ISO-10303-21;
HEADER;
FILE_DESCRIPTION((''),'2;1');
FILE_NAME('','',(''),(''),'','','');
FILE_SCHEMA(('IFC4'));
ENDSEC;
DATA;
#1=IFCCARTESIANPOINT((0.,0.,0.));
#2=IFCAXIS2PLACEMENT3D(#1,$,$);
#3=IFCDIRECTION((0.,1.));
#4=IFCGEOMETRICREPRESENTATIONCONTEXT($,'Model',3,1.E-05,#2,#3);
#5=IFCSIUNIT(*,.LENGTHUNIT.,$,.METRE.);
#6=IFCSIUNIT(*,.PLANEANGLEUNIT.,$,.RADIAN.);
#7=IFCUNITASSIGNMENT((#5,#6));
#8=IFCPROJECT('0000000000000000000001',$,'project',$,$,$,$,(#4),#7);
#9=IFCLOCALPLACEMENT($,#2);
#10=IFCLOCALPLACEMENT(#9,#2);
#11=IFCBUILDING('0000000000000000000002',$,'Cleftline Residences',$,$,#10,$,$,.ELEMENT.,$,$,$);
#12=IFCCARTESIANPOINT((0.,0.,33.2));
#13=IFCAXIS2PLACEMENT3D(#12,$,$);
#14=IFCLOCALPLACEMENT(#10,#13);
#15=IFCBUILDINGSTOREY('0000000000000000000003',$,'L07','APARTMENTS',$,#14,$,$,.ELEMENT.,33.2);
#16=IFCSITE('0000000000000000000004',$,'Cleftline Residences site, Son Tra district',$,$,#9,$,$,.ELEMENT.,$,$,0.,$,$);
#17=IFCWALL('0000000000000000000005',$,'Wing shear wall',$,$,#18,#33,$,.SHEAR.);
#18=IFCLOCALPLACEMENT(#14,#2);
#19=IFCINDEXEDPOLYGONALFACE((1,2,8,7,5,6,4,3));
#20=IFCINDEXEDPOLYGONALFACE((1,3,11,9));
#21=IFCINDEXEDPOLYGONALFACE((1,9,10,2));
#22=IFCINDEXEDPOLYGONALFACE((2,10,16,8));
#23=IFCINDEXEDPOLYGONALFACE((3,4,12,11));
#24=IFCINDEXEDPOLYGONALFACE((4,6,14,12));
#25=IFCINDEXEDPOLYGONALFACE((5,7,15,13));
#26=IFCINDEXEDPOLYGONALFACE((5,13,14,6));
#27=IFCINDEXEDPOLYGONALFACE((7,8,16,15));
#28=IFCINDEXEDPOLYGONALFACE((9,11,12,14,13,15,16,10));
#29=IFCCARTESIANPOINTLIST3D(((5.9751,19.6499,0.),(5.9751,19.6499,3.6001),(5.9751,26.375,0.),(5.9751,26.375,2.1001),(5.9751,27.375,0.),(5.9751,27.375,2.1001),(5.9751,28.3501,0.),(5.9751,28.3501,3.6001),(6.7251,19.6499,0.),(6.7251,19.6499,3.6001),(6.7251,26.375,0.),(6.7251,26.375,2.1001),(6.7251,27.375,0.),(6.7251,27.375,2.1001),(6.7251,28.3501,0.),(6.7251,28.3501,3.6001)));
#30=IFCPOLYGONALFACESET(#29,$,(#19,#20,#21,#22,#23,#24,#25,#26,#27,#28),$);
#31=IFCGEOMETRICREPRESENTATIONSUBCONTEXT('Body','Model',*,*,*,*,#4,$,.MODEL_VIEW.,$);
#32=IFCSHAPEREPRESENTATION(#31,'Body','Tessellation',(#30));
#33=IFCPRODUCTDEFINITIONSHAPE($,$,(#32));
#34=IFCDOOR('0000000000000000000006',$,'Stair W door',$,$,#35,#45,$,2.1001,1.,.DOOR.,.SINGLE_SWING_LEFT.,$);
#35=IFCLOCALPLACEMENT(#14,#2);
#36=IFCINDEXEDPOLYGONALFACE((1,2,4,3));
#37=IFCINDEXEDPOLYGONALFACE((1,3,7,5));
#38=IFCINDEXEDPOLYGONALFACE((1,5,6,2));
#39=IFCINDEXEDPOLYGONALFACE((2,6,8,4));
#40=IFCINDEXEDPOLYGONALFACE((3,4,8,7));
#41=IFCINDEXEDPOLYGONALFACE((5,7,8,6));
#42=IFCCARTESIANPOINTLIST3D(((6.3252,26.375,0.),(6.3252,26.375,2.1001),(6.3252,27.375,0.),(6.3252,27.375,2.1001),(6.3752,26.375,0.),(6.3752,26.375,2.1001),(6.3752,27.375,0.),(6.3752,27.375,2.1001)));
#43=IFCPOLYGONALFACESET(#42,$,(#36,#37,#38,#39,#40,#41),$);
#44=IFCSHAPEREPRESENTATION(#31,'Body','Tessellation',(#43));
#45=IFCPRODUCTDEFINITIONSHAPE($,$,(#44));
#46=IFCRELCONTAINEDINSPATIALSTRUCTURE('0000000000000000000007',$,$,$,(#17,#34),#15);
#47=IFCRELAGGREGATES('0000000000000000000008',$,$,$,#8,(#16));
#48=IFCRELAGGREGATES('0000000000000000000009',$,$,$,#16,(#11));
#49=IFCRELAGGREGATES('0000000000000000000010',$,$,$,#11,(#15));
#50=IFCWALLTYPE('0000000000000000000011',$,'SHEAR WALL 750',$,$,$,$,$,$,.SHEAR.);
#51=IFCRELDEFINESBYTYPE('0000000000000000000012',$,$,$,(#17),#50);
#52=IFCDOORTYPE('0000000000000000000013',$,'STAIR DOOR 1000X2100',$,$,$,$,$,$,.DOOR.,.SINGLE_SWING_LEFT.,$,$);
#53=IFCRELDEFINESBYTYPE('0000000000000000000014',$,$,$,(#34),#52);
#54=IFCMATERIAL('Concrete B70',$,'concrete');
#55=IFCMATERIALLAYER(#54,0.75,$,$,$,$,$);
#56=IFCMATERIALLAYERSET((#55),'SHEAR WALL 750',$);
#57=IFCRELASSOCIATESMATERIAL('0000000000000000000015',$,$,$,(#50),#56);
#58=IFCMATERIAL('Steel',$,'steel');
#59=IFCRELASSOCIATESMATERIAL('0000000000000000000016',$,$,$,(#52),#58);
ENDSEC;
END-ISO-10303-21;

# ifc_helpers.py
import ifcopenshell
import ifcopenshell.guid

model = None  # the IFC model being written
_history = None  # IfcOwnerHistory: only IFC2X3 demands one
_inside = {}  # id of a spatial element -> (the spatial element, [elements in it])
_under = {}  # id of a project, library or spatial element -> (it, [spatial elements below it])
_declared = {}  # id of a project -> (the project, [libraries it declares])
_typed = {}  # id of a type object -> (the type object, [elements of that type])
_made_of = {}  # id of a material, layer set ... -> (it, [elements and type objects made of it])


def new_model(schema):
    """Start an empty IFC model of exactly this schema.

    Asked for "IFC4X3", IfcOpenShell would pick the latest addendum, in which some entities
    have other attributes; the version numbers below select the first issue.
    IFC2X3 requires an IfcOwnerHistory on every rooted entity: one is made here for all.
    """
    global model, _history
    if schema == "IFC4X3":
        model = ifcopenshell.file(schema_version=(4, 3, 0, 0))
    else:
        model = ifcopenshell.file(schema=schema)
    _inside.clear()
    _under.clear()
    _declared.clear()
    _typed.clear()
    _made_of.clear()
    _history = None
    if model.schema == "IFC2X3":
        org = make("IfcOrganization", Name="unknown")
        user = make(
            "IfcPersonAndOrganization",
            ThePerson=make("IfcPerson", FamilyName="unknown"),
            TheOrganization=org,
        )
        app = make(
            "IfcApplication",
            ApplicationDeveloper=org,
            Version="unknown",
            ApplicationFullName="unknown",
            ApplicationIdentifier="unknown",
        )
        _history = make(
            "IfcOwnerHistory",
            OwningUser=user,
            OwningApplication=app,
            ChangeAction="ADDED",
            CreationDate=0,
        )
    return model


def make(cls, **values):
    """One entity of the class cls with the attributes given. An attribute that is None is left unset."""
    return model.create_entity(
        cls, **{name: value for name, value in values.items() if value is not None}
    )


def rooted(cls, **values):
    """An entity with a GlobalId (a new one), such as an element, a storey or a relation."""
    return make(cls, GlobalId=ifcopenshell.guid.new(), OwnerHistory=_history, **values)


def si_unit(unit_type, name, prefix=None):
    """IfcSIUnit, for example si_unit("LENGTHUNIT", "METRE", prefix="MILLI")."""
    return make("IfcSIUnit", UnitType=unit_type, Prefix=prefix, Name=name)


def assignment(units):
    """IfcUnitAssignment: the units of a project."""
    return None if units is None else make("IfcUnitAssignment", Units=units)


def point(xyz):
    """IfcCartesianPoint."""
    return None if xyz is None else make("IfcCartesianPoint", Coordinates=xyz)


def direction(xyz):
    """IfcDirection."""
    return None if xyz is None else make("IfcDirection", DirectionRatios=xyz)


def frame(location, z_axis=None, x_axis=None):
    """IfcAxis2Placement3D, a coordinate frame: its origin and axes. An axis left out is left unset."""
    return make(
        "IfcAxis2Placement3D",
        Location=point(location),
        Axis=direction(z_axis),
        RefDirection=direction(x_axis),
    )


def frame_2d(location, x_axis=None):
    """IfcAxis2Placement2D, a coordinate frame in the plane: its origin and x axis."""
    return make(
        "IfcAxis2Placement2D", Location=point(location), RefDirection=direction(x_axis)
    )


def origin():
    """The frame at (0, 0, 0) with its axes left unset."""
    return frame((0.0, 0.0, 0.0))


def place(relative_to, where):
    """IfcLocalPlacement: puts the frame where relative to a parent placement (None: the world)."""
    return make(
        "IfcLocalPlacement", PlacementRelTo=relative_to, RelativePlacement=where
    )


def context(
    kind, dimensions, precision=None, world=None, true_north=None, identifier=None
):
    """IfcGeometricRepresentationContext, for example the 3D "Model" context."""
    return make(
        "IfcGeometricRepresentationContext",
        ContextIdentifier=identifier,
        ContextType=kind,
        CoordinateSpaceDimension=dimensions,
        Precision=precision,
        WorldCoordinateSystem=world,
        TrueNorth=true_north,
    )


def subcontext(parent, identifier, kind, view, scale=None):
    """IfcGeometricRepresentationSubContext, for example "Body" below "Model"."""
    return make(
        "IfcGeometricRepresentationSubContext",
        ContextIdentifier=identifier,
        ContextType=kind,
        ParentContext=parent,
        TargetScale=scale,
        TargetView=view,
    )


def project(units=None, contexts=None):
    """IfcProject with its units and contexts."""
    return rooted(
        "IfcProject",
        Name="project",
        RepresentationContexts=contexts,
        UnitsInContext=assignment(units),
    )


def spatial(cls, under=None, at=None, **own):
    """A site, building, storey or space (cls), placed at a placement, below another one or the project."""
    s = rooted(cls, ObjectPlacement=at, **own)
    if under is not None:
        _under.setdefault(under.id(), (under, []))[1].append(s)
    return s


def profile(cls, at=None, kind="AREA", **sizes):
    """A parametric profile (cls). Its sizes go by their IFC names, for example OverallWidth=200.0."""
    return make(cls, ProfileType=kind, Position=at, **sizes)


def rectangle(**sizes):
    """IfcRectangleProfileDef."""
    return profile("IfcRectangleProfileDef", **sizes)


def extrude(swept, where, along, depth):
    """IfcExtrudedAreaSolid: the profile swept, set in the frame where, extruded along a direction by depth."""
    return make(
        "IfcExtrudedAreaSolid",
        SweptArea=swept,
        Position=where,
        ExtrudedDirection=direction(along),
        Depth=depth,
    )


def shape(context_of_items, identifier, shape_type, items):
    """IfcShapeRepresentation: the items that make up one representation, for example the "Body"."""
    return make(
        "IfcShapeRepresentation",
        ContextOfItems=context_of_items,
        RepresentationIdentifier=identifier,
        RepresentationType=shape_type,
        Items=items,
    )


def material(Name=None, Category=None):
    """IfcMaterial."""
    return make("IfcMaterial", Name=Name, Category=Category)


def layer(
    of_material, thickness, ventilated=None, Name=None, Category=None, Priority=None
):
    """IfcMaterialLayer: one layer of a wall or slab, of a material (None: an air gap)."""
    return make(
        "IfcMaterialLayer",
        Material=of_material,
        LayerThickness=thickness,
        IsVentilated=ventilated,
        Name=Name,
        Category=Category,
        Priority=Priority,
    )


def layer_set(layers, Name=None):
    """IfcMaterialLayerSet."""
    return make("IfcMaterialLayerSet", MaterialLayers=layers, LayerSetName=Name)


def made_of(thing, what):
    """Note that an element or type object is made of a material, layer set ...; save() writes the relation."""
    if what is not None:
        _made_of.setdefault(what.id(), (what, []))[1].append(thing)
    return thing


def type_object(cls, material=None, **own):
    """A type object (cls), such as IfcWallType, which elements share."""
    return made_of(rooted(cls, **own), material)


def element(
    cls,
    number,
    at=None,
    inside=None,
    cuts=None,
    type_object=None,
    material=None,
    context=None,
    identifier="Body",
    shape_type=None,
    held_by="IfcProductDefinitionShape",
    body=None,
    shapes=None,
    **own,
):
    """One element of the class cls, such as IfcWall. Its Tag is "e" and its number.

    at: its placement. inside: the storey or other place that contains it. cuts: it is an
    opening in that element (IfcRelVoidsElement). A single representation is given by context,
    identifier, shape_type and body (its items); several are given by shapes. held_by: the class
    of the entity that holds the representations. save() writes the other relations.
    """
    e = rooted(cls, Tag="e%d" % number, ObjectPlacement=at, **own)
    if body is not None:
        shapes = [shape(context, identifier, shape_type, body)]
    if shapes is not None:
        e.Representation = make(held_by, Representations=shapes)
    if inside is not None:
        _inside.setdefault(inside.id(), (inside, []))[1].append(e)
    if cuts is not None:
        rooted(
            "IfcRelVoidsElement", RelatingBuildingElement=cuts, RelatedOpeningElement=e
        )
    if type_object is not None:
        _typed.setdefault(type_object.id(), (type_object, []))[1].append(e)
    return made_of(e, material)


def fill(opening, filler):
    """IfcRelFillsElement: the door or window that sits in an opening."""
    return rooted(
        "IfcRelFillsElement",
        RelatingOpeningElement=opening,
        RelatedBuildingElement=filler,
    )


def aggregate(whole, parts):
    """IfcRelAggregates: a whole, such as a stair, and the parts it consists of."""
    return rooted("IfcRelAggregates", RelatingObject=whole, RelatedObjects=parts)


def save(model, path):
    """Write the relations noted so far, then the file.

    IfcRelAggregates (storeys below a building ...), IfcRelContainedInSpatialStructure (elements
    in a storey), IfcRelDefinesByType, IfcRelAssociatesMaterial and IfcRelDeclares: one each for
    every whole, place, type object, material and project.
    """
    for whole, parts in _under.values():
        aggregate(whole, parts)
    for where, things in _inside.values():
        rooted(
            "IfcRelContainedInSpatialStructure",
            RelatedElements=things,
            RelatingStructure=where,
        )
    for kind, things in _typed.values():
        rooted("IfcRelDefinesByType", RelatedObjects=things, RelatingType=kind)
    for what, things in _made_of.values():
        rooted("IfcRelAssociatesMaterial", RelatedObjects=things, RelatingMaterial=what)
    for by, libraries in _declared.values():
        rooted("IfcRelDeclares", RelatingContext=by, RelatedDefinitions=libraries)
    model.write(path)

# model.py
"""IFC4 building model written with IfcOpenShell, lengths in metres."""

from ifc_helpers import new_model, si_unit, direction, frame, frame_2d, origin, place, context, subcontext, project, spatial, rectangle, extrude, material, layer, layer_set, type_object, element, fill, save


model = new_model("IFC4")

# Units and contexts
model_context = context("Model", 3, precision=1e-05, world=origin(), true_north=direction((0.0, 1.0)))
body_context = subcontext(model_context, "Body", "Model", "MODEL_VIEW")
ifc_project = project(units=[si_unit("LENGTHUNIT", "METRE"), si_unit("PLANEANGLEUNIT", "RADIAN")], contexts=[model_context])

# Site, building, storey
site_placement = place(None, origin())
site = spatial("IfcSite", under=ifc_project, at=site_placement, Name="Cleftline Residences site, Son Tra district", CompositionType="ELEMENT", RefElevation=0.0)
building_placement = place(site_placement, origin())
building = spatial("IfcBuilding", under=site, at=building_placement, Name="Cleftline Residences", CompositionType="ELEMENT")
storey_placement = place(building_placement, frame((0.0, 0.0, 33.2)))
storey = spatial("IfcBuildingStorey", under=building, at=storey_placement, Name="L07", Description="APARTMENTS", CompositionType="ELEMENT", Elevation=33.2)

# Shared definitions
ifc_material_1 = material(Name="Concrete B70", Category="concrete")
ifc_layer_1 = layer(ifc_material_1, 0.75)
ifc_layer_set_1 = layer_set([ifc_layer_1], Name="SHEAR WALL 750")
wall_type_1 = type_object("IfcWallType", Name="SHEAR WALL 750", PredefinedType="SHEAR", material=ifc_layer_set_1)

# Wall, opening, door
wall_1_placement = place(storey_placement, frame((6.3501, 19.6499, 0.0), z_axis=(0.0, 0.0, 1.0), x_axis=(0.0, 1.0, 0.0)))
wall_1 = element("IfcWall", 1, at=wall_1_placement, inside=storey, type_object=wall_type_1, Name="Wing shear wall", PredefinedType="SHEAR", context=body_context, shape_type="SweptSolid", body=[
    extrude(rectangle(XDim=8.7002, YDim=0.75, at=frame_2d((4.3501, 0.0))), origin(), (0.0, 0.0, 1.0), 3.6001),
])
opening_1_placement = place(wall_1_placement, frame((6.7251, 0.0, 0.0)))
opening_1 = element("IfcOpeningElement", 2, at=opening_1_placement, cuts=wall_1, PredefinedType="OPENING", context=body_context, shape_type="SweptSolid", body=[
    extrude(rectangle(XDim=1.0, YDim=2.1001, at=frame_2d((0.5, 1.05))), frame((0.0, 0.385, 0.0), z_axis=(0.0, -1.0, 0.0), x_axis=(1.0, 0.0, 0.0)), (0.0, 0.0, 1.0), 0.77),
])
ifc_material_2 = material(Name="Steel", Category="steel")
door_type_1 = type_object("IfcDoorType", Name="STAIR DOOR 1000X2100", OperationType="SINGLE_SWING_LEFT", PredefinedType="DOOR", material=ifc_material_2)
door_1_placement = place(opening_1_placement, origin())
door_1 = element("IfcDoor", 3, at=door_1_placement, inside=storey, type_object=door_type_1, Name="Stair W door", OperationType="SINGLE_SWING_LEFT", OverallHeight=2.1001, OverallWidth=1.0, PredefinedType="DOOR", context=body_context, shape_type="SweptSolid", body=[
    extrude(rectangle(XDim=1.0, YDim=2.1001, at=frame_2d((0.5, 1.05))), frame((0.0, 0.0249, 0.0), z_axis=(0.0, -1.0, 0.0), x_axis=(1.0, 0.0, 0.0)), (0.0, 0.0, 1.0), 0.05),
])
fill(opening_1, door_1)

save(model, "model.ifc")
